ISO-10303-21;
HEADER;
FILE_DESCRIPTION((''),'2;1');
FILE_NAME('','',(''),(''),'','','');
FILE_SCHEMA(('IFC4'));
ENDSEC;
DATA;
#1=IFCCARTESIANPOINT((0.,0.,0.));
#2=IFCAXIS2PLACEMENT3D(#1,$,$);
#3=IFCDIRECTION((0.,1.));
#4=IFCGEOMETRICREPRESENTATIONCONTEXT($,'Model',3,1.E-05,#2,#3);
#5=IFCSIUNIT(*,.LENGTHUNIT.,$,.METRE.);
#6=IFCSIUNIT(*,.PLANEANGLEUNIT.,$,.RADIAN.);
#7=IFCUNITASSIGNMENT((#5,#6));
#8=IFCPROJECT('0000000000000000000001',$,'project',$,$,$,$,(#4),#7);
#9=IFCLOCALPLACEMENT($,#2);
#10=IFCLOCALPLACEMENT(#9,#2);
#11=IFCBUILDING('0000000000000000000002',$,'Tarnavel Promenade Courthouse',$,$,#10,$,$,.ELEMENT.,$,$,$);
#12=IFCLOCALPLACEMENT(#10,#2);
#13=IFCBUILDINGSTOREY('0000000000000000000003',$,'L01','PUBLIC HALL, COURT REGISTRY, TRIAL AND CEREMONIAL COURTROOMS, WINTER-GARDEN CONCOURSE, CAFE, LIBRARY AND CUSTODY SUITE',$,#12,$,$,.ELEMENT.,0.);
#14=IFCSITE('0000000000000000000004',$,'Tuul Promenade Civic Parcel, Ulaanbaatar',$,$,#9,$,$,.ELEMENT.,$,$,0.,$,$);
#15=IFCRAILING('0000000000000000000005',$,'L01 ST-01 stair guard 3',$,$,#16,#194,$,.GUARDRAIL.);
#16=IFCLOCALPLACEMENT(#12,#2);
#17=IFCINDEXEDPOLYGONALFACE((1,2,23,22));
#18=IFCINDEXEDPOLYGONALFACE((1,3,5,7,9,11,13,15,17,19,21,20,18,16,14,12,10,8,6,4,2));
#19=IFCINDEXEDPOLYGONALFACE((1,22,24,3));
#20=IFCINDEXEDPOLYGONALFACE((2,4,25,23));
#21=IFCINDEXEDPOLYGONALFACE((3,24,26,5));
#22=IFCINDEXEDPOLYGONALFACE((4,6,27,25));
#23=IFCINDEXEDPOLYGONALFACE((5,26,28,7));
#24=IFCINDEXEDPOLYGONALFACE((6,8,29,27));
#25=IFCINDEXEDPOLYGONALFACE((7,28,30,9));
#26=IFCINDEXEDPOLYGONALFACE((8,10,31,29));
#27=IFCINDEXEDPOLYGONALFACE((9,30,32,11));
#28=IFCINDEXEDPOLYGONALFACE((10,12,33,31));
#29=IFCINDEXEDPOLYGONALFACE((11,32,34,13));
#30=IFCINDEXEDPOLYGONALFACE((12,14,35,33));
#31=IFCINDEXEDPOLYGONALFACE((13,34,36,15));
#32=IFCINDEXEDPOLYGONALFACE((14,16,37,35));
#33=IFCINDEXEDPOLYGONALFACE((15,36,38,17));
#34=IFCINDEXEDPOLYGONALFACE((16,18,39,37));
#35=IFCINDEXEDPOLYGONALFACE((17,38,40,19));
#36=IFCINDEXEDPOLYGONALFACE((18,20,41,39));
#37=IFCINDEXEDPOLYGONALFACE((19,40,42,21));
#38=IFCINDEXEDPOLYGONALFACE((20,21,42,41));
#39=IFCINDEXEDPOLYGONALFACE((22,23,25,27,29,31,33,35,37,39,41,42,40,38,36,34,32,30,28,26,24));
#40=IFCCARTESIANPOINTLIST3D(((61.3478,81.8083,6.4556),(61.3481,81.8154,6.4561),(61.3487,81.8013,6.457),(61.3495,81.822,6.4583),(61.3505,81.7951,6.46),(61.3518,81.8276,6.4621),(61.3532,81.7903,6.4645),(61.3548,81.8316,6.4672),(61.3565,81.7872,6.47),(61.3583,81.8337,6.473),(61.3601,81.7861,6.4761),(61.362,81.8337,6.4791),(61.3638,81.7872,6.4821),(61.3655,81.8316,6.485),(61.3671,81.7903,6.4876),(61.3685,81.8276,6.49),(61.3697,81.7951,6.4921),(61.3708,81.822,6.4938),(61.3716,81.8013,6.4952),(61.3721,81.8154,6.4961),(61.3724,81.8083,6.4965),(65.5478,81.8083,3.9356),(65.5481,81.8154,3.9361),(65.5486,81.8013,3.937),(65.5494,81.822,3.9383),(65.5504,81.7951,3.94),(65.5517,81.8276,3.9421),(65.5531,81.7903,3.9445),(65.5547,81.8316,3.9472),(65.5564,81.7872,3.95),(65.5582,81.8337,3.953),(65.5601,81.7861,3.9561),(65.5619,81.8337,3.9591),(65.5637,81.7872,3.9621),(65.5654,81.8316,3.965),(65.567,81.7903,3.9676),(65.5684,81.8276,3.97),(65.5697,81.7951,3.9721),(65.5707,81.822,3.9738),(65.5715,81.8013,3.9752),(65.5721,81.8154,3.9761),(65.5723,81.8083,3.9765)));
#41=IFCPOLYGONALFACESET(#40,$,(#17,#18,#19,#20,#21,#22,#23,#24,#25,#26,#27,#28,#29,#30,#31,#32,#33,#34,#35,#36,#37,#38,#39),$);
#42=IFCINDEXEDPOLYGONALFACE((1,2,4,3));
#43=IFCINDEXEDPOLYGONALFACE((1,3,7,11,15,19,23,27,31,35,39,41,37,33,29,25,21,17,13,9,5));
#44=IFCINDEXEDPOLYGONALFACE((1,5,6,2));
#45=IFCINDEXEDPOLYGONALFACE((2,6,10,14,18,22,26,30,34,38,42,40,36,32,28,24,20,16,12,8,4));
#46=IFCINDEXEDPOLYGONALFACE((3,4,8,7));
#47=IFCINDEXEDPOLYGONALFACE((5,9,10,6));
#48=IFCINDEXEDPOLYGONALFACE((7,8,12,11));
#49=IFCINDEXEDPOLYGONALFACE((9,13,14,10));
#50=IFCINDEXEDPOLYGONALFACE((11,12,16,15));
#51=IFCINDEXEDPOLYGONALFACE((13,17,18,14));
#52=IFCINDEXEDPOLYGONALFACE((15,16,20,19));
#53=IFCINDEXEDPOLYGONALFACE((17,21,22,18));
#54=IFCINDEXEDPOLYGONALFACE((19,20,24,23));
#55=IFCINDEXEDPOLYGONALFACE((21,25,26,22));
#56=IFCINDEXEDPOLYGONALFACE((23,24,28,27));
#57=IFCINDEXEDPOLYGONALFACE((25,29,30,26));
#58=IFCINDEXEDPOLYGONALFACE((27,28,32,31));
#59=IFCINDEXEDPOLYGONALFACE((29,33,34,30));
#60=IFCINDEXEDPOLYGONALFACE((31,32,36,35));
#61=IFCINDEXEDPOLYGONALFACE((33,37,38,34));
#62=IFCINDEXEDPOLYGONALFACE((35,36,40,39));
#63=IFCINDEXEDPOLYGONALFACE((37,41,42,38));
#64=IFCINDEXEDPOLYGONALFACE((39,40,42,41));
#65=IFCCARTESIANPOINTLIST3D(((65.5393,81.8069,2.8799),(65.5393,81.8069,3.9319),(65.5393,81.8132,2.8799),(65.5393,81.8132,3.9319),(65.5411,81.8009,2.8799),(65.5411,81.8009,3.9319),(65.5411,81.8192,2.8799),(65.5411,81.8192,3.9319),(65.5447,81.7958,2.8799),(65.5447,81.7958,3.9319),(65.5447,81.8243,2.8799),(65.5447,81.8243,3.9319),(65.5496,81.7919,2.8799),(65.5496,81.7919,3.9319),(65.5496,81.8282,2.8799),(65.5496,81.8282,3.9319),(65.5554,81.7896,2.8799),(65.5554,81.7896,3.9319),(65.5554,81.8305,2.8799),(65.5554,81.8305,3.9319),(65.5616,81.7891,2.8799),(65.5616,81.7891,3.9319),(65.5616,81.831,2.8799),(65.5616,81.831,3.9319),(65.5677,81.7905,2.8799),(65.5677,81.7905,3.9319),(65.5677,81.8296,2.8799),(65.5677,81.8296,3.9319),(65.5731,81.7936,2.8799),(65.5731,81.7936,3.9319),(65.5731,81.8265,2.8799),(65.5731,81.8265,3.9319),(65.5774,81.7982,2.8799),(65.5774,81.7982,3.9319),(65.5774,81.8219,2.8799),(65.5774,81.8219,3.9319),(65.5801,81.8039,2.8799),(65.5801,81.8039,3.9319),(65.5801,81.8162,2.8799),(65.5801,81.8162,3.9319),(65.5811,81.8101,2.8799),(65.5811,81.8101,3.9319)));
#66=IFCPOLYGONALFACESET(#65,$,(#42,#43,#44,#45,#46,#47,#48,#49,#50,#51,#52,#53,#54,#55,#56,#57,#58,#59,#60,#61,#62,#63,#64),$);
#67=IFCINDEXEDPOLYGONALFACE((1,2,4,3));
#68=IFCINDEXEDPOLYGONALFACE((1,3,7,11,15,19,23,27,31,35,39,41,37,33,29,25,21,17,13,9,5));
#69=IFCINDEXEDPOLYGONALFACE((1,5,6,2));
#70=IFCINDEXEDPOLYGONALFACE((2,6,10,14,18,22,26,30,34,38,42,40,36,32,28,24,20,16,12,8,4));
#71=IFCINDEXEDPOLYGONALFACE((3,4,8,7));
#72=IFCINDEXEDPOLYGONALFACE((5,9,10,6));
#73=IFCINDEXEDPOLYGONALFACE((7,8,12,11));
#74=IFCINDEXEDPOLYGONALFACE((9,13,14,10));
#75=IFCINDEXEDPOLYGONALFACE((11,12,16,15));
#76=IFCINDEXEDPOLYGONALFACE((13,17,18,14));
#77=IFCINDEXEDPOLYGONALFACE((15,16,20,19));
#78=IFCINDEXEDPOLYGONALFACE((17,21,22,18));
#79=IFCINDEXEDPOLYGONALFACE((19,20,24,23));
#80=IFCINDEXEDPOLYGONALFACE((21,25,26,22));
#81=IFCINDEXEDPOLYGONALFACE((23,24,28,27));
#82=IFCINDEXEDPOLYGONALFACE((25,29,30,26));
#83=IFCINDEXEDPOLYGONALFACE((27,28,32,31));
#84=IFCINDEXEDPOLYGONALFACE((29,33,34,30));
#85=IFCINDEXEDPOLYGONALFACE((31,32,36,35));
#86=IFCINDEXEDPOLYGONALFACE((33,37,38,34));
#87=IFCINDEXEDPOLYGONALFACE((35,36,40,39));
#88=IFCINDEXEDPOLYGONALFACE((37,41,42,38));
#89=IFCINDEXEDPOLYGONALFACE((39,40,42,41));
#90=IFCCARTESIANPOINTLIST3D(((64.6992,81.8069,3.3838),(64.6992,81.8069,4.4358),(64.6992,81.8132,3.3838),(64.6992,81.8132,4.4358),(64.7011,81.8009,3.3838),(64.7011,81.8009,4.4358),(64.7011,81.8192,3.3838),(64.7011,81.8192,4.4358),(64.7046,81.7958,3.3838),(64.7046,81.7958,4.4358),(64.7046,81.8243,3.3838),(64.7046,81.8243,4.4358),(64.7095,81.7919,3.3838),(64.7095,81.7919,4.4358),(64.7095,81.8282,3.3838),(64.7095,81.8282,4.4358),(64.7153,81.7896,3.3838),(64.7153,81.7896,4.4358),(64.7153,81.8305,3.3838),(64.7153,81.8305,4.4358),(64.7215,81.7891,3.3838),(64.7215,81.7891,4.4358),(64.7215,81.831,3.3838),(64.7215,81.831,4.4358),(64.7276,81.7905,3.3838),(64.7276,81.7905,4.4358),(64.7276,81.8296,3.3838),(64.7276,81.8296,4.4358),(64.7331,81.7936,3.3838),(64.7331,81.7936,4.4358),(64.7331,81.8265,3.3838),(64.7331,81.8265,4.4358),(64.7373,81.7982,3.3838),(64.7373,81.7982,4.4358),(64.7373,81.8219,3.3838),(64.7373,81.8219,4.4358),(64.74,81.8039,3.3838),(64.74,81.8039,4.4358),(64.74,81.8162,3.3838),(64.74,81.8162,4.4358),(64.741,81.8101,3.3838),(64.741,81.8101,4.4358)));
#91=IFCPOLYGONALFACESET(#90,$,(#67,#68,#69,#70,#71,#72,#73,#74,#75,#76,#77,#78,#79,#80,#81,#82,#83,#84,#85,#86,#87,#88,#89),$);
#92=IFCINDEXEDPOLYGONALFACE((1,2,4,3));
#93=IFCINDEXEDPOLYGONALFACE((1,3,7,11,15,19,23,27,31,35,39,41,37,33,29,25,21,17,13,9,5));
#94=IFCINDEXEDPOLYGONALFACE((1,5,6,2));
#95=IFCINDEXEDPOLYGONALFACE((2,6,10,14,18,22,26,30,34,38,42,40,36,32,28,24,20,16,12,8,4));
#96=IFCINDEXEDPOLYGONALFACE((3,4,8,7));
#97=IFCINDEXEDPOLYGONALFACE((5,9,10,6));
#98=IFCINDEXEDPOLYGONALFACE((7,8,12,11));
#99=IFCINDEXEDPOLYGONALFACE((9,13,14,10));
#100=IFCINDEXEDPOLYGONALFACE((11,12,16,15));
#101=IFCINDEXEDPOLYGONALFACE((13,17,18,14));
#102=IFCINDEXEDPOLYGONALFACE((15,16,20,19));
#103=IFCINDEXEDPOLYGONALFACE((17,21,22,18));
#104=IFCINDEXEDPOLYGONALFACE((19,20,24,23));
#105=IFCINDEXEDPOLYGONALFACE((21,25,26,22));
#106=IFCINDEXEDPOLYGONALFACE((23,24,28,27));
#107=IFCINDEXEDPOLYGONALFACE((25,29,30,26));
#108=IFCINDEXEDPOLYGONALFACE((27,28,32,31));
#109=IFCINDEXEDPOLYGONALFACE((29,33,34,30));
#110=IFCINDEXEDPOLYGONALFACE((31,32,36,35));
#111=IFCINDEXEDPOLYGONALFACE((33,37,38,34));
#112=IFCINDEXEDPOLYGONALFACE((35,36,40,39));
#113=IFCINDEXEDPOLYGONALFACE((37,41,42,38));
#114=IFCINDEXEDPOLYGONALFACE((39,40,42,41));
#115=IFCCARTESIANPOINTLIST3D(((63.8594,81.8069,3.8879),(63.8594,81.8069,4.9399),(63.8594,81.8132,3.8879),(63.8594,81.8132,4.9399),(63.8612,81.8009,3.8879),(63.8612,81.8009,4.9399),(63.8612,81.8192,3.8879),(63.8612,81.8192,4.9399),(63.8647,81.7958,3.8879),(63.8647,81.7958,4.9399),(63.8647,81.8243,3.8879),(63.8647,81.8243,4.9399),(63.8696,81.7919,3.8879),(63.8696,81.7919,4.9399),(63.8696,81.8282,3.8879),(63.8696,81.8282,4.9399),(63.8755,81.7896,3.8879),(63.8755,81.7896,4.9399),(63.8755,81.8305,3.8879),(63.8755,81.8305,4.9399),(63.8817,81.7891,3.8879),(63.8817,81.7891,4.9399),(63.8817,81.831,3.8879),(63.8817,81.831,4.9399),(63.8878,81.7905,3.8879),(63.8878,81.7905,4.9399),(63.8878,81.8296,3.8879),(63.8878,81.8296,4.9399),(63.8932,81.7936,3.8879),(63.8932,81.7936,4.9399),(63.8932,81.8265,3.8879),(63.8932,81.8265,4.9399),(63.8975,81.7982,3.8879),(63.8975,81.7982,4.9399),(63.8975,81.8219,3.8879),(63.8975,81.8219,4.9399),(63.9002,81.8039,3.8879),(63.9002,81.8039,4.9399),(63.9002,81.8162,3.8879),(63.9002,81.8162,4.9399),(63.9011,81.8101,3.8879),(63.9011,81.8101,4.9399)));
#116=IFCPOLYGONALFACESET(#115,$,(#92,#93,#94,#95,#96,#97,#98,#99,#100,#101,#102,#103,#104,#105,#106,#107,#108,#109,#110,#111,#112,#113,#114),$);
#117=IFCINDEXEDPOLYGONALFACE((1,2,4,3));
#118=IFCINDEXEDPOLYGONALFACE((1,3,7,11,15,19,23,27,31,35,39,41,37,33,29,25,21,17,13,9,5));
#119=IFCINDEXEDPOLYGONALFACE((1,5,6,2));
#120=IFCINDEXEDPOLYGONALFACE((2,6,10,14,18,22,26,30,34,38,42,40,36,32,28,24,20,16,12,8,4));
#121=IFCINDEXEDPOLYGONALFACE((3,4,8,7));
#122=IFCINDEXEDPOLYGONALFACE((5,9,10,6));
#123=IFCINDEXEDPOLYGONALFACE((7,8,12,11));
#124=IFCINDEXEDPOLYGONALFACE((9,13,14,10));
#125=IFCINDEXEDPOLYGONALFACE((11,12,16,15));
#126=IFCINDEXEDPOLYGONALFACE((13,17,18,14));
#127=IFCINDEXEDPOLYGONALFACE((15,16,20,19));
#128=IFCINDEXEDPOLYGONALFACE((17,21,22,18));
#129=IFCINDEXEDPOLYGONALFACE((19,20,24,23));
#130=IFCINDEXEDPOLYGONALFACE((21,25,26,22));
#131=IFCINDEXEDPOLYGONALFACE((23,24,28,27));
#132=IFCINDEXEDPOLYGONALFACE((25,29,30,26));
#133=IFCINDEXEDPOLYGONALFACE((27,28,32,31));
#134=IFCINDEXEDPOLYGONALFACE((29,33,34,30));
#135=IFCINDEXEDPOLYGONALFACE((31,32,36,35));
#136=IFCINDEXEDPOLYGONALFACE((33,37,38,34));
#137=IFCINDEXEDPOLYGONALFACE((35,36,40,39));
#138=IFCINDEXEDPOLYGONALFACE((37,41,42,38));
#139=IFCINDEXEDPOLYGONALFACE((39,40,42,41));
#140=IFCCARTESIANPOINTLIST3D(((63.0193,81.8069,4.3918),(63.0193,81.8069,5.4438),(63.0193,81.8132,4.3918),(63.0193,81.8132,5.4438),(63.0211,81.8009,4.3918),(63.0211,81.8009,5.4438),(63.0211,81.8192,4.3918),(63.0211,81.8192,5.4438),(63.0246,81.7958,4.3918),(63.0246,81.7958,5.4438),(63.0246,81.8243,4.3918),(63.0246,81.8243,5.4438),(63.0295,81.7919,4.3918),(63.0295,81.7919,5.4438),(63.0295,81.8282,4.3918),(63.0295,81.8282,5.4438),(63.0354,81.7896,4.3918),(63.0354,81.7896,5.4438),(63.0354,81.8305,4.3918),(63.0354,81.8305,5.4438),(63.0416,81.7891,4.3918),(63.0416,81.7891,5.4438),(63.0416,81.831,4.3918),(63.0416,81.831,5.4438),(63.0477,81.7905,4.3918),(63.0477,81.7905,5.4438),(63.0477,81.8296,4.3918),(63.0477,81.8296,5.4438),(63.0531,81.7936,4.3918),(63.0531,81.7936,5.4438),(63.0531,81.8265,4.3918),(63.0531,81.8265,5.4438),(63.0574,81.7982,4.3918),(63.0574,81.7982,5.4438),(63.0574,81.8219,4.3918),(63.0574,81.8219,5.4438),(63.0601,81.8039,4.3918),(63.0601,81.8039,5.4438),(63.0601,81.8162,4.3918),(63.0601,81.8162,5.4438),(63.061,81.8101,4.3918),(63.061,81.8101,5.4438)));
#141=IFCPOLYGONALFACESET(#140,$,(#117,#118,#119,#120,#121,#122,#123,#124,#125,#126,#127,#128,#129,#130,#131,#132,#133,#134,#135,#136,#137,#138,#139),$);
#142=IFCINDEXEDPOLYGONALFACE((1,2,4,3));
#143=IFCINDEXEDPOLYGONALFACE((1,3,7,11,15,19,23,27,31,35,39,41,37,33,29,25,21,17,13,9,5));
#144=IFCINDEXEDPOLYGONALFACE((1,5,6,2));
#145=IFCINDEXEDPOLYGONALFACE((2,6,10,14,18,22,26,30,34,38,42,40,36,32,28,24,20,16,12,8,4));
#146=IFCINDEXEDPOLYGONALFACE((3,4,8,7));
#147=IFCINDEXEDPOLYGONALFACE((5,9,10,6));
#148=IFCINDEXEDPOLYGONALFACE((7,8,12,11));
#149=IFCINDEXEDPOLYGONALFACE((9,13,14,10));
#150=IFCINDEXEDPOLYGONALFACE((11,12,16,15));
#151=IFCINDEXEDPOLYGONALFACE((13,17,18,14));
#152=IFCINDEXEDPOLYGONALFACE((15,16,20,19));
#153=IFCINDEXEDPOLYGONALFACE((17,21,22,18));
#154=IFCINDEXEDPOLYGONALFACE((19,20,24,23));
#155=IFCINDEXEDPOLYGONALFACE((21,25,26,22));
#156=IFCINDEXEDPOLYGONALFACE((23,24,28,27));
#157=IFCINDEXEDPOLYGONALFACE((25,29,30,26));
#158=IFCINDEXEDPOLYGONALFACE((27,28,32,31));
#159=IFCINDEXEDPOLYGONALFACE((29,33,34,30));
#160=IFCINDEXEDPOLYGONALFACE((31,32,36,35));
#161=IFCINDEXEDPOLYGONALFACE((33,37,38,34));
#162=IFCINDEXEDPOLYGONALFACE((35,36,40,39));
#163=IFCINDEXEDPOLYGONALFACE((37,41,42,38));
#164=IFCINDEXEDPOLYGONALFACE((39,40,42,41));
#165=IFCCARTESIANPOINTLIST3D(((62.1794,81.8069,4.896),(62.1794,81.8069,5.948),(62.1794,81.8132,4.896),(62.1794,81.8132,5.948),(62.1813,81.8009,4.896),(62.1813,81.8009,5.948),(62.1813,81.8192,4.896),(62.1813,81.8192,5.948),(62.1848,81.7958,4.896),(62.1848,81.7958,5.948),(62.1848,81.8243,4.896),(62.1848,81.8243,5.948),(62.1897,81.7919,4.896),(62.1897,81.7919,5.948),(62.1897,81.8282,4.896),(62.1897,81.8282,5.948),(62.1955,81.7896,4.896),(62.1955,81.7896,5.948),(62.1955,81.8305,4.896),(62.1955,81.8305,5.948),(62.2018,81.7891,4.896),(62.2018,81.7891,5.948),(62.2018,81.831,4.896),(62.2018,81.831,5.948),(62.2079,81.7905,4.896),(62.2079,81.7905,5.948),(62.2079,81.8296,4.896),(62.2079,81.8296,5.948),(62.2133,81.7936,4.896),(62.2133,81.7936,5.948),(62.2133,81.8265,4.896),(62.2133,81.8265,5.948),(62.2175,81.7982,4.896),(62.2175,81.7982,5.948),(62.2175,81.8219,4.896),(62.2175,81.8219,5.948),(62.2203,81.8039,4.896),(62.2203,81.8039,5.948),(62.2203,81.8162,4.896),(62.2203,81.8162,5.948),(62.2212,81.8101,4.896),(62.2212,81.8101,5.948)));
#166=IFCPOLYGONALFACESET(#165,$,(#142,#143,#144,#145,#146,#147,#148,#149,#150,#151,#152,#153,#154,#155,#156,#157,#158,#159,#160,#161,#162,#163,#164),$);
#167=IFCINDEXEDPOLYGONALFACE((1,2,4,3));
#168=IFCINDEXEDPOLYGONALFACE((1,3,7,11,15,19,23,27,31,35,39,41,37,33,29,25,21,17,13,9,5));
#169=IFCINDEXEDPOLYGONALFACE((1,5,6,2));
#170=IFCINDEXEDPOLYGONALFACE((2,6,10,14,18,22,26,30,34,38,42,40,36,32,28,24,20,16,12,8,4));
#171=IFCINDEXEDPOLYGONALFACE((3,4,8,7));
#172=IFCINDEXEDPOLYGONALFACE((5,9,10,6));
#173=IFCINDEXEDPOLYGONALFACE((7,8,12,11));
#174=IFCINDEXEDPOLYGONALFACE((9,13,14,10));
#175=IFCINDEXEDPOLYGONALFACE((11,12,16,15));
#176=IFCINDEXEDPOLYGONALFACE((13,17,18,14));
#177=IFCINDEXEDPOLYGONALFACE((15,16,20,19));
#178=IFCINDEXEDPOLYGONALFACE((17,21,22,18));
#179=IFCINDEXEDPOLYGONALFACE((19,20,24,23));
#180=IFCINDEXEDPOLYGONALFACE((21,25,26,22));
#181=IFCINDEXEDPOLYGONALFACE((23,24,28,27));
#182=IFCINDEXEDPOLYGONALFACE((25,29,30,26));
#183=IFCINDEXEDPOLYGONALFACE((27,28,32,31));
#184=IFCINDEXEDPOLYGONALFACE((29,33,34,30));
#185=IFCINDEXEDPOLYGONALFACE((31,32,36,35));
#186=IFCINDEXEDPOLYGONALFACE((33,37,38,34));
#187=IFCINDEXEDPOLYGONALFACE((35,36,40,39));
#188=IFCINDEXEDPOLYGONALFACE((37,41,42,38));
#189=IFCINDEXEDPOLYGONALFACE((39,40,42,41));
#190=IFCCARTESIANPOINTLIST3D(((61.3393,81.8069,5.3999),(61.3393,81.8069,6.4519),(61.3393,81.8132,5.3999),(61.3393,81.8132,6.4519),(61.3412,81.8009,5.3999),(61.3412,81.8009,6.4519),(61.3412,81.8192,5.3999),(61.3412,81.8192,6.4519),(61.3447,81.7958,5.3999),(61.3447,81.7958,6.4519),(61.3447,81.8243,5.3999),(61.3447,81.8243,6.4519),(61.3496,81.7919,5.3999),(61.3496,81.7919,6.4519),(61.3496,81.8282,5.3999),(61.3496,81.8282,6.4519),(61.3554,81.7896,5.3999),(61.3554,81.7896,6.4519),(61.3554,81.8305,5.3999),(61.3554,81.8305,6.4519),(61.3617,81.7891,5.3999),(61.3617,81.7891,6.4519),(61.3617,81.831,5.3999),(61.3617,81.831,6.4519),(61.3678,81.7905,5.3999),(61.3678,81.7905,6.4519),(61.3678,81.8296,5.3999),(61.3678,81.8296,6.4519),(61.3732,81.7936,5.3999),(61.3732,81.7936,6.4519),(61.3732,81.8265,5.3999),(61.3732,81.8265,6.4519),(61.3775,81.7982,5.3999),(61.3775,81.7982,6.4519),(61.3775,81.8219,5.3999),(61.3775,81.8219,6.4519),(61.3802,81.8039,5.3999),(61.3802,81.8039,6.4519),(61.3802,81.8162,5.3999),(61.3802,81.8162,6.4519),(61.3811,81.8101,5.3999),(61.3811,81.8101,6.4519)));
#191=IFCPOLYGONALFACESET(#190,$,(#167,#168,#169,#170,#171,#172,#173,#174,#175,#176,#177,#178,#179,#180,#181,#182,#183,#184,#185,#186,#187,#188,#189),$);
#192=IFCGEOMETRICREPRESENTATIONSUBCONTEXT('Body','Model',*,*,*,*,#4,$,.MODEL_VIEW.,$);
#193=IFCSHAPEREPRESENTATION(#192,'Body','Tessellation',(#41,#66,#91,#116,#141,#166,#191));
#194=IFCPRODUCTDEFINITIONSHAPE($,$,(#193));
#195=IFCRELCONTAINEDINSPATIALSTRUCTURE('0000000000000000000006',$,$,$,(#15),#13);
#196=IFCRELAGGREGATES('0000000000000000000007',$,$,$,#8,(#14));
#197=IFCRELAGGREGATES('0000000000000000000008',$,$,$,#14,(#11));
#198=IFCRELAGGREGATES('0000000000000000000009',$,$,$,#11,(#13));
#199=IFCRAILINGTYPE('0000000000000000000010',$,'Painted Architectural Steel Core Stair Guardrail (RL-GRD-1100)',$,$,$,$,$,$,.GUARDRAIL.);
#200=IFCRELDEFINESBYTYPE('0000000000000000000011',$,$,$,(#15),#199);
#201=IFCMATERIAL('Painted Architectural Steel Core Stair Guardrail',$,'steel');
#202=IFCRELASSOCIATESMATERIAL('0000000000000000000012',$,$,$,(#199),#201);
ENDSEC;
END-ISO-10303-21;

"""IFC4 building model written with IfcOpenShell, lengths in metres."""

from ifc_helpers import new_model, si_unit, direction, frame, origin, origin_2d, place, context, subcontext, project, spatial, circle, extrude, material, type_object, element, save


model = new_model("IFC4")

# Units and contexts
model_context = context("Model", 3, precision=1e-05, world=origin(), true_north=direction((0.0, 1.0)))
body_context = subcontext(model_context, "Body", "Model", "MODEL_VIEW")
ifc_project = project(units=[si_unit("LENGTHUNIT", "METRE"), si_unit("PLANEANGLEUNIT", "RADIAN")], contexts=[model_context])

# Site, building, storey
site_placement = place(None, origin())
site = spatial("IfcSite", under=ifc_project, at=site_placement, Name="Tuul Promenade Civic Parcel, Ulaanbaatar", CompositionType="ELEMENT", RefElevation=0.0)
building_placement = place(site_placement, origin())
building = spatial("IfcBuilding", under=site, at=building_placement, Name="Tarnavel Promenade Courthouse", CompositionType="ELEMENT")
storey_placement = place(building_placement, origin())
storey = spatial("IfcBuildingStorey", under=building, at=storey_placement, Name="L01", Description="PUBLIC HALL, COURT REGISTRY, TRIAL AND CEREMONIAL COURTROOMS, WINTER-GARDEN CONCOURSE, CAFE, LIBRARY AND CUSTODY SUITE", CompositionType="ELEMENT", Elevation=0.0)

# Railing
ifc_material_1 = material(Name="Painted Architectural Steel Core Stair Guardrail", Category="steel")
railing_type_1 = type_object("IfcRailingType", Name="Painted Architectural Steel Core Stair Guardrail (RL-GRD-1100)", PredefinedType="GUARDRAIL", material=ifc_material_1)
railing_1_placement = place(storey_placement, frame((65.5601, 81.8101, 2.8799)))
element("IfcRailing", 1, at=railing_1_placement, inside=storey, type_object=railing_type_1, Name="L01 ST-01 stair guard 3", PredefinedType="GUARDRAIL", context=body_context, shape_type="SweptSolid", body=[
    extrude(circle(Radius=0.0239, at=origin_2d()), frame((0.0, 0.0, 1.0762), z_axis=(-0.857489, 0.0, 0.514503), x_axis=(0.0, -1.0, 0.0)), (0.0, 0.0, 1.0), 4.8979),
    extrude(circle(Radius=0.021, at=origin_2d()), origin(), (0.0, 0.0, 1.0), 1.052),
    extrude(circle(Radius=0.021, at=origin_2d()), frame((-0.8401, 0.0, 0.5039)), (0.0, 0.0, 1.0), 1.052),
    extrude(circle(Radius=0.021, at=origin_2d()), frame((-1.6799, 0.0, 1.0081)), (0.0, 0.0, 1.0), 1.052),
    extrude(circle(Radius=0.021, at=origin_2d()), frame((-2.52, 0.0, 1.512)), (0.0, 0.0, 1.0), 1.052),
    extrude(circle(Radius=0.021, at=origin_2d()), frame((-3.3599, 0.0, 2.0161)), (0.0, 0.0, 1.0), 1.052),
    extrude(circle(Radius=0.021, at=origin_2d()), frame((-4.2, 0.0, 2.52)), (0.0, 0.0, 1.0), 1.052),
])

save(model, "model.ifc")
